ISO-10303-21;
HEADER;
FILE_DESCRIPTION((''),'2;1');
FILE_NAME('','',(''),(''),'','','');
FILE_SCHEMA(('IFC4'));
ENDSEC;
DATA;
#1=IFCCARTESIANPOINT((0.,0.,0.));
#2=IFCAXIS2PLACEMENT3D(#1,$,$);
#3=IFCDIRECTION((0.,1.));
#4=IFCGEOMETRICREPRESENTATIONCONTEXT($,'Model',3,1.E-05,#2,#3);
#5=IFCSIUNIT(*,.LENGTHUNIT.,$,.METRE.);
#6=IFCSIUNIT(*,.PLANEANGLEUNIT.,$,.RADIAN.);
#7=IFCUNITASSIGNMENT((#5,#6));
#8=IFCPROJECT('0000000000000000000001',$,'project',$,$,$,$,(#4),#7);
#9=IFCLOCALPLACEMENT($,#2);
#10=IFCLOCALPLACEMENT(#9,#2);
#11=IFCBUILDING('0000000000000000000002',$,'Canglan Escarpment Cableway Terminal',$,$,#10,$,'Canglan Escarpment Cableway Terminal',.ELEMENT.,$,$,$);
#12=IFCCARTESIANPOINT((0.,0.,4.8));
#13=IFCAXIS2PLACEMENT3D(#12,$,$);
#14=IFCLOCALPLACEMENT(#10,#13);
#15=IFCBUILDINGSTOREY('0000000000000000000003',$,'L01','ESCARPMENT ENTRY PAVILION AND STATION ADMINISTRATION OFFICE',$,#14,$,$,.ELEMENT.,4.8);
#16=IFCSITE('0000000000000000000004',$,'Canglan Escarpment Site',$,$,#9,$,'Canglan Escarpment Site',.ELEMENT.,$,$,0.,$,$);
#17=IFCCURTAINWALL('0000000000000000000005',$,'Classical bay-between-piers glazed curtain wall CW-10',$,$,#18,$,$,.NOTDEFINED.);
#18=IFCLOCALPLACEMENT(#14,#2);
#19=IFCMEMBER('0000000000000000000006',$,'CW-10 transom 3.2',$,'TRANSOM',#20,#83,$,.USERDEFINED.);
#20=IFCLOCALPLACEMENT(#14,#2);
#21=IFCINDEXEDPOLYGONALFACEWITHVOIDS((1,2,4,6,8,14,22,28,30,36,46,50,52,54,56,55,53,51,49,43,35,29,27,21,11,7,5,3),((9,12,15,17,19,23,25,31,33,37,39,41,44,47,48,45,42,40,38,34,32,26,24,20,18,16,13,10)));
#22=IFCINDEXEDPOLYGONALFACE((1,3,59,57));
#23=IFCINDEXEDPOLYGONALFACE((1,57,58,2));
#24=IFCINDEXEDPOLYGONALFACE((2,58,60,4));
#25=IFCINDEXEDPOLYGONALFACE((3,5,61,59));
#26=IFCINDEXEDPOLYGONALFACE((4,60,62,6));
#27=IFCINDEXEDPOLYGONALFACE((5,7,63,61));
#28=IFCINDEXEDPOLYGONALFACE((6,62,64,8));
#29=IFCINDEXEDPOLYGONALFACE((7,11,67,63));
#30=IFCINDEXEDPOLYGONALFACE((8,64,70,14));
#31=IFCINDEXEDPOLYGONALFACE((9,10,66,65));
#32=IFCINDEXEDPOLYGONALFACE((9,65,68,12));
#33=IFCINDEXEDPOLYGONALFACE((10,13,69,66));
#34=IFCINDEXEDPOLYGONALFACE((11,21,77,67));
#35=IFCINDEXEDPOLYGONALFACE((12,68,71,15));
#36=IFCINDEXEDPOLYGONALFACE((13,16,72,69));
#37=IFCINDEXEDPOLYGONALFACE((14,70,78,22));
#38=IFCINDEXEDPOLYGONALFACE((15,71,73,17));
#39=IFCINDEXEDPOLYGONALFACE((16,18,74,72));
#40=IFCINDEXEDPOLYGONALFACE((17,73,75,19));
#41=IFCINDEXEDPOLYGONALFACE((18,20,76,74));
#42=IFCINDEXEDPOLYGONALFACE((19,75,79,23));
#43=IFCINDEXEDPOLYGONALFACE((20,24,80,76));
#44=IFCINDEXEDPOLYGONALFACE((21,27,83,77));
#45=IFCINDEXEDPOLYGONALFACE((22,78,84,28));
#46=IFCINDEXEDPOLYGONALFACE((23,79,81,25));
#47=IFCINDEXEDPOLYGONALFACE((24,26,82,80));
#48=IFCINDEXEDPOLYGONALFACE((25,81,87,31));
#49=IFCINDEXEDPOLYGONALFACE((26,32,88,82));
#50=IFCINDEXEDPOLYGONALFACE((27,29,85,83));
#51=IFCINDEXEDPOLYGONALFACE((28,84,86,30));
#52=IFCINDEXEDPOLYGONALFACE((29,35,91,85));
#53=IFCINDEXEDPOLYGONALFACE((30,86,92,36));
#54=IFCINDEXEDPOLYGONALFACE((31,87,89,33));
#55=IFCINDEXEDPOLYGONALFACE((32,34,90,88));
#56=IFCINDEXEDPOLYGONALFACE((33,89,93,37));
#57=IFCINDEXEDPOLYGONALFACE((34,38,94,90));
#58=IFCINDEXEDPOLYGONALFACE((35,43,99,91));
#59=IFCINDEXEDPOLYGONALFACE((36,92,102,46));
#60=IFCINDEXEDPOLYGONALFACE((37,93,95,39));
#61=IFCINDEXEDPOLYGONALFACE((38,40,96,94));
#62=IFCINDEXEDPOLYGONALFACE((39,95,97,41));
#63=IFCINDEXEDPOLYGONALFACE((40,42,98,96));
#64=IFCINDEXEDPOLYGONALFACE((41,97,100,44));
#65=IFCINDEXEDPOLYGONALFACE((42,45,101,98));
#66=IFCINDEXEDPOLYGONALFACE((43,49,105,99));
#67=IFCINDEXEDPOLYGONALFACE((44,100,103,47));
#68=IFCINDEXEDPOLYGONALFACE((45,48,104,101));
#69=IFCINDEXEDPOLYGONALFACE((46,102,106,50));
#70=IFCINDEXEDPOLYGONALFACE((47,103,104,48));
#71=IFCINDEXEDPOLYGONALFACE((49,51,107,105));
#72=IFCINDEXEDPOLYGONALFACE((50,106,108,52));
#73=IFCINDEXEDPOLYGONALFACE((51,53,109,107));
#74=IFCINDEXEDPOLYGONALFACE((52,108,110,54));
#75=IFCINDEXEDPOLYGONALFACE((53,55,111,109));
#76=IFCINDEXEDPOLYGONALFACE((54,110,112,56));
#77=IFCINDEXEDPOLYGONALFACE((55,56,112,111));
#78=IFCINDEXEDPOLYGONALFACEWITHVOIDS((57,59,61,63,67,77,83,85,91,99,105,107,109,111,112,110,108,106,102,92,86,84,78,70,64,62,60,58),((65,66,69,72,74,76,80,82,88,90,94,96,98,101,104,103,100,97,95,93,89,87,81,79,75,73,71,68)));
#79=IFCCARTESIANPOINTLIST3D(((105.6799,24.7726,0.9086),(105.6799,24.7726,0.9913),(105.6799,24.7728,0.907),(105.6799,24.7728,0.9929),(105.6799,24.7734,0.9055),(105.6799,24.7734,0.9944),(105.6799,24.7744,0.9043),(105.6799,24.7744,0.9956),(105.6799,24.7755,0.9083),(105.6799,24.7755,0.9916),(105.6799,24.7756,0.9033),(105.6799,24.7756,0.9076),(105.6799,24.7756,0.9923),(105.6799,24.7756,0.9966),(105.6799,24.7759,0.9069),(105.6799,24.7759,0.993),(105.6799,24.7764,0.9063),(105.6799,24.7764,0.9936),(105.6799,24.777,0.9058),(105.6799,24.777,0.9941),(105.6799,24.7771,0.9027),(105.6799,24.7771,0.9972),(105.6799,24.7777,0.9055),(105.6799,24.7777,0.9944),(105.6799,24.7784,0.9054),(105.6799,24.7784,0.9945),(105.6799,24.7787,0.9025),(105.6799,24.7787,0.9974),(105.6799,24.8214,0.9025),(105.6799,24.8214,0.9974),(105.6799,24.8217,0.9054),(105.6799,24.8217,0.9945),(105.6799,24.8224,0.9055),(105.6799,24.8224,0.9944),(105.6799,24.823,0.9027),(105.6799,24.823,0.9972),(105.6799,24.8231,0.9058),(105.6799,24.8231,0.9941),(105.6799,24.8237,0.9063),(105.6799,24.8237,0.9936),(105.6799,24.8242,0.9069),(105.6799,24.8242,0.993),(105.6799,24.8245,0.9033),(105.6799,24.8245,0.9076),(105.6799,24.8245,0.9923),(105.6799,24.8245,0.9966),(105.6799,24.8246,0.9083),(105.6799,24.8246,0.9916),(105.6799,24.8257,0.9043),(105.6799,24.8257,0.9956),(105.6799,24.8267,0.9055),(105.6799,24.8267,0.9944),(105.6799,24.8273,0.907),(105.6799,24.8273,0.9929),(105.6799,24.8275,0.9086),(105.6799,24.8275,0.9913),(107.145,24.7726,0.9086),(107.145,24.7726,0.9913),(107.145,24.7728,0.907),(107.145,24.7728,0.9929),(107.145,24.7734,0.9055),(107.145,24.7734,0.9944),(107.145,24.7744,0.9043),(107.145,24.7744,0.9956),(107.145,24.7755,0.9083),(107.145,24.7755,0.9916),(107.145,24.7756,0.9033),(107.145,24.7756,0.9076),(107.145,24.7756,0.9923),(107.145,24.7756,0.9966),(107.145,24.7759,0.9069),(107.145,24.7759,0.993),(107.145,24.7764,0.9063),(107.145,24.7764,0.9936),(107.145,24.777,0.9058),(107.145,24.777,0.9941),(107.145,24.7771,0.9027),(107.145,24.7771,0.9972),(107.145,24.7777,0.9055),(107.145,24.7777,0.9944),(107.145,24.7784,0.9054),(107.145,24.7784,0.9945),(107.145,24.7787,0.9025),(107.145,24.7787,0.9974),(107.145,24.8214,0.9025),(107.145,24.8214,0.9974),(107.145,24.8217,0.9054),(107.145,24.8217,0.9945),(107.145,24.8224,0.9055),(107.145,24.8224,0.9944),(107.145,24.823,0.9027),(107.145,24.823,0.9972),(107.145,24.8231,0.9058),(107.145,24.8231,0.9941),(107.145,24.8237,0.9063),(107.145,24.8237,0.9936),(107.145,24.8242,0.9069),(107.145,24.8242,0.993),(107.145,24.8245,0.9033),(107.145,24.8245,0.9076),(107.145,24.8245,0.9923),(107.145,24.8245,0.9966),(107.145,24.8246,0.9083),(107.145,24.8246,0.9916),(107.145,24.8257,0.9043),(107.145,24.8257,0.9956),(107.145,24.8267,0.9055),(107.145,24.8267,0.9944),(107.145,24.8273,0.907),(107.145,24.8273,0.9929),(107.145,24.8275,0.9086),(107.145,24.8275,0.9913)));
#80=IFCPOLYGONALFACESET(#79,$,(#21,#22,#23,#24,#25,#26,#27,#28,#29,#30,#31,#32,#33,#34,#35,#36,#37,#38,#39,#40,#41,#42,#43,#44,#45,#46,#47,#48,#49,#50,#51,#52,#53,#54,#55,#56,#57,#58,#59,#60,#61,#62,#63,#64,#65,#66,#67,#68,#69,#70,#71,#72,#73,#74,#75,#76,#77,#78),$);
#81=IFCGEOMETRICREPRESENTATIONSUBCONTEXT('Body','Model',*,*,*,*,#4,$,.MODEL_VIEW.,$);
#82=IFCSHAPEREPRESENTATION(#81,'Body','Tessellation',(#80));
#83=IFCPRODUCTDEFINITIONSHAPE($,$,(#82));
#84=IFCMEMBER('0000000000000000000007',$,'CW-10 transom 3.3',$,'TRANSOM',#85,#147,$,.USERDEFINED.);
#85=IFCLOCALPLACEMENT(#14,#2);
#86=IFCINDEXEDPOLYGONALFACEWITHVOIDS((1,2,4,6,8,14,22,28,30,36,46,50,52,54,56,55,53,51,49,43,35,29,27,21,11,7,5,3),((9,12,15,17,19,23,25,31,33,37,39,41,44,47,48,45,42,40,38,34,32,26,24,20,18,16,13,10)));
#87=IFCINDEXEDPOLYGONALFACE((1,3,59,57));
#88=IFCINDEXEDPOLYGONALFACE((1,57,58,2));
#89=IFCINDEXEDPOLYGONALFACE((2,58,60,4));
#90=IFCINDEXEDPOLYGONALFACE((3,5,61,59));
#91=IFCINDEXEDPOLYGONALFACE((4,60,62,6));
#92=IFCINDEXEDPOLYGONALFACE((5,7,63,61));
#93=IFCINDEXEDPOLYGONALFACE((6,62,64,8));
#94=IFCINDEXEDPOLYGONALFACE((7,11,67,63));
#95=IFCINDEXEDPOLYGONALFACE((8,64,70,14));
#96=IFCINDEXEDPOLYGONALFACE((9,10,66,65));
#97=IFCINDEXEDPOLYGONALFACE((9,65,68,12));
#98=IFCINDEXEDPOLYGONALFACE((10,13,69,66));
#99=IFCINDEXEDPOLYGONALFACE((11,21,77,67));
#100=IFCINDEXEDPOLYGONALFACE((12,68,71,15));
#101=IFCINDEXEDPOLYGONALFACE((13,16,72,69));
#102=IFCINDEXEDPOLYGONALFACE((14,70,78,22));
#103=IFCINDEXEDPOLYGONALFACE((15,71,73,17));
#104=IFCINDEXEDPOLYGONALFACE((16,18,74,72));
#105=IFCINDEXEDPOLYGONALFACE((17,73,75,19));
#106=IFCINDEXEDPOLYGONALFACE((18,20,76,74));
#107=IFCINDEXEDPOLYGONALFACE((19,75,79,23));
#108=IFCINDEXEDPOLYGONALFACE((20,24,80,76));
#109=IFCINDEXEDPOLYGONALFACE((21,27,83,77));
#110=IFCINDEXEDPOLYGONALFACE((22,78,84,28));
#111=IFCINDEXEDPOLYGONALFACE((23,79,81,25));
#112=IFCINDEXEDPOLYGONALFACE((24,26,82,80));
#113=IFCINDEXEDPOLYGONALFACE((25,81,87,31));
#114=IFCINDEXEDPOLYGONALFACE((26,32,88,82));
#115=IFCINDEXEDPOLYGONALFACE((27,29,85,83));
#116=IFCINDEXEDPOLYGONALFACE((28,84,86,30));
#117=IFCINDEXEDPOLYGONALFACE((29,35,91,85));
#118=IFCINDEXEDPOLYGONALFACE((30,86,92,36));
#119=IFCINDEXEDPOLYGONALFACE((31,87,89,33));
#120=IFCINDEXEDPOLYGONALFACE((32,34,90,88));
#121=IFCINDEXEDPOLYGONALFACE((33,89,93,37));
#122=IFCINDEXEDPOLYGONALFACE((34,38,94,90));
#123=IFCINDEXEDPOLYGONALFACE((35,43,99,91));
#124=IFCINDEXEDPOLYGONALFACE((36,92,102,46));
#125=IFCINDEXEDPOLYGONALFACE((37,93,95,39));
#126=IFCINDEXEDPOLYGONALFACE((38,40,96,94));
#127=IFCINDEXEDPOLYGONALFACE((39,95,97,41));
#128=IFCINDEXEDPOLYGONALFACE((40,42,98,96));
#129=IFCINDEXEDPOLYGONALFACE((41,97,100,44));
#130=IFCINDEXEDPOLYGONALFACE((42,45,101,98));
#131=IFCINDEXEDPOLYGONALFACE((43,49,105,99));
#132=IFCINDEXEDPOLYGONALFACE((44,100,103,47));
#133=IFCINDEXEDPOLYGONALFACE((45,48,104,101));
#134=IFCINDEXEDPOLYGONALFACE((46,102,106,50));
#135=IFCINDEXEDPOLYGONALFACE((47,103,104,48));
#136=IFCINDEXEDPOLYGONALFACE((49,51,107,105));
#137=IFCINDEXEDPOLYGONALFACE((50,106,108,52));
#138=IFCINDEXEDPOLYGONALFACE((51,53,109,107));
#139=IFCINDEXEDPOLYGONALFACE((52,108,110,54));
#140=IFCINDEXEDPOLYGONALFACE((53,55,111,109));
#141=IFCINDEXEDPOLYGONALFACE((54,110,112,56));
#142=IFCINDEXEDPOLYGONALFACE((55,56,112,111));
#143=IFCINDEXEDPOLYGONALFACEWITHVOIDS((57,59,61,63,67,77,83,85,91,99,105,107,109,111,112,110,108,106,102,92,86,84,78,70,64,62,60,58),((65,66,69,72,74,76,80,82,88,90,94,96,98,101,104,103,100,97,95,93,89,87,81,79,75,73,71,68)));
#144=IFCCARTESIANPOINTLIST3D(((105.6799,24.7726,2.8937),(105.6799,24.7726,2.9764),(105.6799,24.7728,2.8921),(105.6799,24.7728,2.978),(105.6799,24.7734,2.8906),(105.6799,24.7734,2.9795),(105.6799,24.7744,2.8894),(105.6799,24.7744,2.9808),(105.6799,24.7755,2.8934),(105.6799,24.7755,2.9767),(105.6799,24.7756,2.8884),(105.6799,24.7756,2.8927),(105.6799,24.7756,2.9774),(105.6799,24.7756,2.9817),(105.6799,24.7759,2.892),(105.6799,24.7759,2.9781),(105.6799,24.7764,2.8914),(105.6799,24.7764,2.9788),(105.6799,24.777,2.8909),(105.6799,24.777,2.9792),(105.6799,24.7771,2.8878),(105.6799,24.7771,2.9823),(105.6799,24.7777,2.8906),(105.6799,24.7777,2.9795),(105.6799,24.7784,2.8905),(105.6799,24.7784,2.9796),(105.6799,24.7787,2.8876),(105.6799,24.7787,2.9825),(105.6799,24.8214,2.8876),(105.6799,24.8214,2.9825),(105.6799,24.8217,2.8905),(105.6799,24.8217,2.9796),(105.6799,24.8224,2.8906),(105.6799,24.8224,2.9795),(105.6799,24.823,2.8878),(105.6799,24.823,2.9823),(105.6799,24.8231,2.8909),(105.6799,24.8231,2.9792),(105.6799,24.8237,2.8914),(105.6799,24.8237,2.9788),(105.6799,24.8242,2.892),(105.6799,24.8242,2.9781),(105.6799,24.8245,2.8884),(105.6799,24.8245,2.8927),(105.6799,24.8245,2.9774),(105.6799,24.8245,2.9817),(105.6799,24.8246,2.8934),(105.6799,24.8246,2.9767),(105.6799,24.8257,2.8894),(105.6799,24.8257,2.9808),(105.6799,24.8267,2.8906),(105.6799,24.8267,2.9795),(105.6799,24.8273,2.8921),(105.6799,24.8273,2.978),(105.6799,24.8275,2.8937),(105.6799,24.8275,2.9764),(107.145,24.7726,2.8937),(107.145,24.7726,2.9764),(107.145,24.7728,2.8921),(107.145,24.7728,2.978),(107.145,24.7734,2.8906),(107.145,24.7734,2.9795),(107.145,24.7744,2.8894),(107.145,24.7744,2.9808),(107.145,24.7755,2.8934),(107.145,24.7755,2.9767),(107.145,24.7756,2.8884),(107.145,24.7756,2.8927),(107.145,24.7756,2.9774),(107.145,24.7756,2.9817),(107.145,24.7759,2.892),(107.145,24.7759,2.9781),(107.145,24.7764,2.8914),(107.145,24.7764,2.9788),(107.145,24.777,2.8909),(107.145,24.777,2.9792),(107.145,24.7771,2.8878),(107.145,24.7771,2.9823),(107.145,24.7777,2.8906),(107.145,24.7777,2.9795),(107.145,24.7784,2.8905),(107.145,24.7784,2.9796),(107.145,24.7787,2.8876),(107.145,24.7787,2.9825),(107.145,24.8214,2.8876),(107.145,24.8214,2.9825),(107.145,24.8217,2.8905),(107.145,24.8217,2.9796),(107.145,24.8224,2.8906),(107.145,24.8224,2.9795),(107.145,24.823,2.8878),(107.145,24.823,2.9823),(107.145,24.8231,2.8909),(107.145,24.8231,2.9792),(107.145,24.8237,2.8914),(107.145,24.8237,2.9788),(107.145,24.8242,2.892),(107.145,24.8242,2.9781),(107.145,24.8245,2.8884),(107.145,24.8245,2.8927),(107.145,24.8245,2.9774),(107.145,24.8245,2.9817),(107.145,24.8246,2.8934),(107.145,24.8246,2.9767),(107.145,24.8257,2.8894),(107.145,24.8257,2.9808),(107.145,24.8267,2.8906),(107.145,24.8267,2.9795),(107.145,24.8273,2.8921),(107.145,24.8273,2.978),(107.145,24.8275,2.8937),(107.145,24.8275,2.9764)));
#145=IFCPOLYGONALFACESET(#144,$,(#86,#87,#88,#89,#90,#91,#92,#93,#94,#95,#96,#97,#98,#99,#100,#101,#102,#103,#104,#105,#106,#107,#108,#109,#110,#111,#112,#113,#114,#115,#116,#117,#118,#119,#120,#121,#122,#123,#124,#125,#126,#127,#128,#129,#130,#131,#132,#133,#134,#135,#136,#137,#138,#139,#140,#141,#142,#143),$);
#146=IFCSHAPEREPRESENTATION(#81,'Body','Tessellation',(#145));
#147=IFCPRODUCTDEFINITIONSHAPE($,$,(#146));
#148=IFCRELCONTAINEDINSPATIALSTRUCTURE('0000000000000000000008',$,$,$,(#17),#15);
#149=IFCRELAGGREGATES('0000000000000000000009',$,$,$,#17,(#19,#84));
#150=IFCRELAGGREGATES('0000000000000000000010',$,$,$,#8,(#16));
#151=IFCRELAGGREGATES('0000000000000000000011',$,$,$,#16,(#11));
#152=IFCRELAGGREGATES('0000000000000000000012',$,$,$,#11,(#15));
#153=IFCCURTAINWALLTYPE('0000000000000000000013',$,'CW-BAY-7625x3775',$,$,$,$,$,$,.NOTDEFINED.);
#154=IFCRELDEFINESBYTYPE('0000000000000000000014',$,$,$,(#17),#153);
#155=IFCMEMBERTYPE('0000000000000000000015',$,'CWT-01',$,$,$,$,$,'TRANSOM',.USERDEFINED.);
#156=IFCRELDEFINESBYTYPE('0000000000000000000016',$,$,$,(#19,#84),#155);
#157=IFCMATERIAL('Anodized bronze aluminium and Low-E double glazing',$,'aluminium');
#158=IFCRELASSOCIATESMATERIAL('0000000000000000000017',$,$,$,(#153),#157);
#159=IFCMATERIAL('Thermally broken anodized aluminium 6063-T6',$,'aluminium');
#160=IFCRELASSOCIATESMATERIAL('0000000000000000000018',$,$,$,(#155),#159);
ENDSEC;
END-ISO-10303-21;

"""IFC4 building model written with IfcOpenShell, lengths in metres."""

from ifc_helpers import new_model, si_unit, direction, frame, origin, origin_2d, place, context, subcontext, project, spatial, hollow_rectangle, extrude, material, material_profile, profile_set, type_object, element, aggregate, save


model = new_model("IFC4")

# Units and contexts
model_context = context("Model", 3, precision=1e-05, world=origin(), true_north=direction((0.0, 1.0)))
body_context = subcontext(model_context, "Body", "Model", "MODEL_VIEW")
ifc_project = project(units=[si_unit("LENGTHUNIT", "METRE"), si_unit("PLANEANGLEUNIT", "RADIAN")], contexts=[model_context])

# Site, building, storey
site_placement = place(None, origin())
site = spatial("IfcSite", under=ifc_project, at=site_placement, Name="Canglan Escarpment Site", LongName="Canglan Escarpment Site", CompositionType="ELEMENT", RefElevation=0.0)
building_placement = place(site_placement, origin())
building = spatial("IfcBuilding", under=site, at=building_placement, Name="Canglan Escarpment Cableway Terminal", LongName="Canglan Escarpment Cableway Terminal", CompositionType="ELEMENT")
storey_placement = place(building_placement, frame((0.0, 0.0, 4.8)))
storey = spatial("IfcBuildingStorey", under=building, at=storey_placement, Name="L01", Description="ESCARPMENT ENTRY PAVILION AND STATION ADMINISTRATION OFFICE", CompositionType="ELEMENT", Elevation=4.8)

# Curtain wall, members
ifc_material_1 = material(Name="Anodized bronze aluminium and Low-E double glazing", Category="aluminium")
curtain_wall_type_1 = type_object("IfcCurtainWallType", Name="CW-BAY-7625x3775", PredefinedType="NOTDEFINED", material=ifc_material_1)
curtain_wall_1_placement = place(storey_placement, origin())
curtain_wall_1 = element("IfcCurtainWall", 1, at=curtain_wall_1_placement, inside=storey, type_object=curtain_wall_type_1, Name="Classical bay-between-piers glazed curtain wall CW-10", PredefinedType="NOTDEFINED")
ifc_material_2 = material(Name="Thermally broken anodized aluminium 6063-T6", Category="aluminium")
ifc_material_profile_1 = material_profile(ifc_material_2, hollow_rectangle(XDim=0.0549, YDim=0.095, WallThickness=0.0029, InnerFilletRadius=0.0029, OuterFilletRadius=0.0061, at=origin_2d()), Name="ALU-TRAN 55x95x3")
ifc_profile_set_1 = profile_set([ifc_material_profile_1], Name="Thermally broken anodized aluminium 6063-T6")
member_type_1 = type_object("IfcMemberType", Name="CWT-01", ElementType="TRANSOM", PredefinedType="USERDEFINED", material=ifc_profile_set_1)
member_1_placement = place(storey_placement, frame((107.145, 24.8, 0.95), z_axis=(-1.0, 0.0, 0.0), x_axis=(0.0, -1.0, 0.0)))
member_1 = element("IfcMember", 2, at=member_1_placement, type_object=member_type_1, Name="CW-10 transom 3.2", ObjectType="TRANSOM", PredefinedType="USERDEFINED", context=body_context, shape_type="SweptSolid", body=[
    extrude(hollow_rectangle(XDim=0.0549, YDim=0.095, WallThickness=0.0029, InnerFilletRadius=0.0029, OuterFilletRadius=0.0061, at=origin_2d()), origin(), (0.0, 0.0, 1.0), 1.4651),
])
member_2_placement = place(storey_placement, frame((107.145, 24.8, 2.9351), z_axis=(-1.0, 0.0, 0.0), x_axis=(0.0, -1.0, 0.0)))
member_2 = element("IfcMember", 3, at=member_2_placement, type_object=member_type_1, Name="CW-10 transom 3.3", ObjectType="TRANSOM", PredefinedType="USERDEFINED", context=body_context, shape_type="SweptSolid", body=[
    extrude(hollow_rectangle(XDim=0.0549, YDim=0.095, WallThickness=0.0029, InnerFilletRadius=0.0029, OuterFilletRadius=0.0061, at=origin_2d()), origin(), (0.0, 0.0, 1.0), 1.4651),
])

aggregate(curtain_wall_1, [member_1, member_2])

save(model, "model.ifc")
